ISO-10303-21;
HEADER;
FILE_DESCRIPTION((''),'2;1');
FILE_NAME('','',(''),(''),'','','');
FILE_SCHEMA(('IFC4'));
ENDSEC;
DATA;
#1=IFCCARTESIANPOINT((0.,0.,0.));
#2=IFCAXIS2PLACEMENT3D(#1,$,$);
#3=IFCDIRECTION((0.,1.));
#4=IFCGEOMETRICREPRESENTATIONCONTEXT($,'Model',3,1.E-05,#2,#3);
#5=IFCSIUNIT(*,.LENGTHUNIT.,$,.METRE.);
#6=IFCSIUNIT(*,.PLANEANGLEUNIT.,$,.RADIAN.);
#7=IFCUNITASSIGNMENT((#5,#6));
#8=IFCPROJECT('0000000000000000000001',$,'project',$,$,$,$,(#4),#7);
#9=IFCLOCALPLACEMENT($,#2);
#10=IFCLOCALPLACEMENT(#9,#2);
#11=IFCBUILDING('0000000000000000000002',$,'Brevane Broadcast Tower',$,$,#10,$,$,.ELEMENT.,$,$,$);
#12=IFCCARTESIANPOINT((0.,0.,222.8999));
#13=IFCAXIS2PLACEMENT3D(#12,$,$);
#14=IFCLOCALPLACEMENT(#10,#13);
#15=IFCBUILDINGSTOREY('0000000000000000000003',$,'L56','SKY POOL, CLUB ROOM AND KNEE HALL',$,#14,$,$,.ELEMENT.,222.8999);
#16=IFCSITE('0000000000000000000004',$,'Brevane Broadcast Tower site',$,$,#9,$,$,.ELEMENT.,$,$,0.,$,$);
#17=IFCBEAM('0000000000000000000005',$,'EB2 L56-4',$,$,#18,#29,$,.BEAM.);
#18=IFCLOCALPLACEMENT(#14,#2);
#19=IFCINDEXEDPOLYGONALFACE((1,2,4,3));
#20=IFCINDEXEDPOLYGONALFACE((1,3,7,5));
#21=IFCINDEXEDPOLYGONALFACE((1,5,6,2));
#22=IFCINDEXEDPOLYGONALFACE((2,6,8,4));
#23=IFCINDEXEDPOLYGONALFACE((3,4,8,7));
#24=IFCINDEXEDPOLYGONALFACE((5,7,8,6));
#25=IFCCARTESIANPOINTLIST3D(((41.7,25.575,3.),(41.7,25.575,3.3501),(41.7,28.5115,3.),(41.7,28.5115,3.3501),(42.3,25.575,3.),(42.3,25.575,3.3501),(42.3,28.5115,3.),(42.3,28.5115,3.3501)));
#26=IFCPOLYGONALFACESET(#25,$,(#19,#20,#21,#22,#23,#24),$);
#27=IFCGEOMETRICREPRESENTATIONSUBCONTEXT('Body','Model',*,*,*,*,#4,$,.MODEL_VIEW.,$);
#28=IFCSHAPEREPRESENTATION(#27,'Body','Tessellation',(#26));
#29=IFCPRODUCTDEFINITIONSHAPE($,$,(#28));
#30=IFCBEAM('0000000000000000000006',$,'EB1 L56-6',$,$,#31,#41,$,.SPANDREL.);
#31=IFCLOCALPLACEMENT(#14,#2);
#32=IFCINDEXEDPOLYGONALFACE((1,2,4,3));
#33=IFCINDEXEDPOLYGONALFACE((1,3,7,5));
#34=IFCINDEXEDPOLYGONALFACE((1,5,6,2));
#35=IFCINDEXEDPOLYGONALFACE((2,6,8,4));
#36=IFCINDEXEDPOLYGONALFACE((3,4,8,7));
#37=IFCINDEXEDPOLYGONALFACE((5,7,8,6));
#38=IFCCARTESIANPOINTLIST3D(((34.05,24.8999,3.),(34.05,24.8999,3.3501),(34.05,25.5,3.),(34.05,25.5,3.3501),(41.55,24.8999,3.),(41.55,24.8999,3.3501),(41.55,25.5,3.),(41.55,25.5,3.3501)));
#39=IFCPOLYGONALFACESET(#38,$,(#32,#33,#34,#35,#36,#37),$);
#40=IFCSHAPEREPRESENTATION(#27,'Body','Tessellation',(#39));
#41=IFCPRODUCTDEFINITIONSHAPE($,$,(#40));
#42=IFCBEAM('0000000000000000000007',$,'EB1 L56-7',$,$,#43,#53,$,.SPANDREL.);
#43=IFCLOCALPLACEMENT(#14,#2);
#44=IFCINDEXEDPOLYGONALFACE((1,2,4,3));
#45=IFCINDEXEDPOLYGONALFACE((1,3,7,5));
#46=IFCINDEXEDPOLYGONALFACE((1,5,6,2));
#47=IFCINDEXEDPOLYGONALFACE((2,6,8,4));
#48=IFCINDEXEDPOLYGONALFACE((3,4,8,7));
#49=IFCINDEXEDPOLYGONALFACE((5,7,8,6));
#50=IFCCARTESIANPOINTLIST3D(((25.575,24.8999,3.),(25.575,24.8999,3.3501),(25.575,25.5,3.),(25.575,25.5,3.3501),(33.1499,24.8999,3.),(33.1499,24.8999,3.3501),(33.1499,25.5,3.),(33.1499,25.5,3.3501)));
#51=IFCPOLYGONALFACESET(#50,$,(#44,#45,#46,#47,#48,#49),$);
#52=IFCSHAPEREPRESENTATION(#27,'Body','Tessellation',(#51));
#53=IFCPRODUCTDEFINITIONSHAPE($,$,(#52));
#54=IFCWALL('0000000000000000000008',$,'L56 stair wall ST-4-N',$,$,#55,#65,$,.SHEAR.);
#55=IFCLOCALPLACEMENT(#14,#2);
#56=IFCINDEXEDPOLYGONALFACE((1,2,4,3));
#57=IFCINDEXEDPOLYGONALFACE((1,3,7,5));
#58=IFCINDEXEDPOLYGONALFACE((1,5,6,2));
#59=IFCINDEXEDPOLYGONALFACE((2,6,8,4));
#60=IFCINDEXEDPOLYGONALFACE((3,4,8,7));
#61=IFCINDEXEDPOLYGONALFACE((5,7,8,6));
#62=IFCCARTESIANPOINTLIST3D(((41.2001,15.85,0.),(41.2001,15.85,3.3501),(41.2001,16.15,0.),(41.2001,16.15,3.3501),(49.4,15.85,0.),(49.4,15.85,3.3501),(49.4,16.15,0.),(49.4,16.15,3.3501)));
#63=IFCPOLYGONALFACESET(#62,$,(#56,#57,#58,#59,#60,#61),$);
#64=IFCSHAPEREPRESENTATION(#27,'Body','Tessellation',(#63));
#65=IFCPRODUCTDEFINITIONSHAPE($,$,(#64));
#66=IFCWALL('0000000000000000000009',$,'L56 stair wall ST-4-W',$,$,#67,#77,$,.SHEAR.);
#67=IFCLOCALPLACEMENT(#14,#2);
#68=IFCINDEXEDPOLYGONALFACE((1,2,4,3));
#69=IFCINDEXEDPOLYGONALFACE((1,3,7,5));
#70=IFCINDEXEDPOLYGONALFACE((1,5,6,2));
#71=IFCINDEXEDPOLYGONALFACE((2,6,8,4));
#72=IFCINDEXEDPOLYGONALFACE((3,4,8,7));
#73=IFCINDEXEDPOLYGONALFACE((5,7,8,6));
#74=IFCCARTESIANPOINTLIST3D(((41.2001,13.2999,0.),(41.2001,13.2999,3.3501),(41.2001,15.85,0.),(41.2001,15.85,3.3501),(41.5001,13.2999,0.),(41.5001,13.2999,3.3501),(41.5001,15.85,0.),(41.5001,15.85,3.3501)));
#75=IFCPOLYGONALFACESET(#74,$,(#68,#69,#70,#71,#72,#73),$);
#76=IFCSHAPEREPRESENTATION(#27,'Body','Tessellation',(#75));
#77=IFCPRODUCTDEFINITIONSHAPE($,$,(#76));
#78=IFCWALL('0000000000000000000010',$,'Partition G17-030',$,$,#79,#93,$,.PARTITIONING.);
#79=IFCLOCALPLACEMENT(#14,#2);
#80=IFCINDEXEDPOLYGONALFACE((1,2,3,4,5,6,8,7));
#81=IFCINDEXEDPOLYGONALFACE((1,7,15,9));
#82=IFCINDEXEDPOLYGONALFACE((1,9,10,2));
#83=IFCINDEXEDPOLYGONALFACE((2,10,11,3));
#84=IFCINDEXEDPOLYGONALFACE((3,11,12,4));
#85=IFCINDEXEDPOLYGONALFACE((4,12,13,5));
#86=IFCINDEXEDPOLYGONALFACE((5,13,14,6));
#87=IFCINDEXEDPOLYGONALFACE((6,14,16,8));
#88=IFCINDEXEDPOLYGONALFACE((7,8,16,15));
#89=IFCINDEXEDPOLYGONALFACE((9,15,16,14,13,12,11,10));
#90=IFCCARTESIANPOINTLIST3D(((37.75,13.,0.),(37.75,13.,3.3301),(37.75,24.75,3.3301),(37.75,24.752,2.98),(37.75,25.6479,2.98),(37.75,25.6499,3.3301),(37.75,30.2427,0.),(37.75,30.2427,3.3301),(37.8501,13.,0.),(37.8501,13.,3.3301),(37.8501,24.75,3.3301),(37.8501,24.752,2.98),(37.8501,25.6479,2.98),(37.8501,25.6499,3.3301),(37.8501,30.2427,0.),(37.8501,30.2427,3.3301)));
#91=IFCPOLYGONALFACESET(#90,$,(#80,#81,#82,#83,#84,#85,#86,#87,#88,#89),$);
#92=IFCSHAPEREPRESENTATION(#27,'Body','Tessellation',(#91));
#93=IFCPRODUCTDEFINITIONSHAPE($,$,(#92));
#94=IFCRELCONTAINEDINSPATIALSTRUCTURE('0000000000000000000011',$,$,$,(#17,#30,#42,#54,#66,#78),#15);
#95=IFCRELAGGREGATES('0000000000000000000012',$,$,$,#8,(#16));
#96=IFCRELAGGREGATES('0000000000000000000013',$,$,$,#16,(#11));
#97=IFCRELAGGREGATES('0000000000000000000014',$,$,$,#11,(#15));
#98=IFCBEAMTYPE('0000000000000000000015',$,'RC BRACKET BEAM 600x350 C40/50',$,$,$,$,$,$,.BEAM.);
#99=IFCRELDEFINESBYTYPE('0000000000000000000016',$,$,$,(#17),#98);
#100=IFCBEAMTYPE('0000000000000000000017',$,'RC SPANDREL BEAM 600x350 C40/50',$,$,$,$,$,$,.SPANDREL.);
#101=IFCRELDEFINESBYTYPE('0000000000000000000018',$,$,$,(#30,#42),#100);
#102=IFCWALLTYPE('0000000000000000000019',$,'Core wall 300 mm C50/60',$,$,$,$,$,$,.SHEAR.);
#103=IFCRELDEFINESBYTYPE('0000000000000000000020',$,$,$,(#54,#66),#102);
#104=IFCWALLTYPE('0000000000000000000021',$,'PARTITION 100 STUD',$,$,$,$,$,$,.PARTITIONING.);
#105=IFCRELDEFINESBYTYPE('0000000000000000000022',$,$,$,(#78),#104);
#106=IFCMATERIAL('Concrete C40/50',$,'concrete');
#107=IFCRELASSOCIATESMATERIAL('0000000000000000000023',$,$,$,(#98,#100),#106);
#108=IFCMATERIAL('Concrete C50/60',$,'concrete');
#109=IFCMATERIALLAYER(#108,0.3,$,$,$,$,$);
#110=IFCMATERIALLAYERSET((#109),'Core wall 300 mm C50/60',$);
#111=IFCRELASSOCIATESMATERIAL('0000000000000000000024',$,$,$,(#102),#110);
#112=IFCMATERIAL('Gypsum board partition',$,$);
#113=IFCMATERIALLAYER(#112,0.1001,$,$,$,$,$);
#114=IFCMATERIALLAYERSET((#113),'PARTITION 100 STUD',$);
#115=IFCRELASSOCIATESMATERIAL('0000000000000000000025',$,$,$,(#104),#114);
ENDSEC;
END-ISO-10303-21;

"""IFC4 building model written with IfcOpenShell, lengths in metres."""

from ifc_helpers import new_model, si_unit, direction, frame, frame_2d, origin, origin_2d, place, context, subcontext, project, spatial, polyline, rectangle, outline, extrude, material, layer, layer_set, material_profile, profile_set, type_object, element, save


model = new_model("IFC4")

# Units and contexts
model_context = context("Model", 3, precision=1e-05, world=origin(), true_north=direction((0.0, 1.0)))
body_context = subcontext(model_context, "Body", "Model", "MODEL_VIEW")
ifc_project = project(units=[si_unit("LENGTHUNIT", "METRE"), si_unit("PLANEANGLEUNIT", "RADIAN")], contexts=[model_context])

# Site, building, storey
site_placement = place(None, origin())
site = spatial("IfcSite", under=ifc_project, at=site_placement, Name="Brevane Broadcast Tower site", CompositionType="ELEMENT", RefElevation=0.0)
building_placement = place(site_placement, origin())
building = spatial("IfcBuilding", under=site, at=building_placement, Name="Brevane Broadcast Tower", CompositionType="ELEMENT")
storey_placement = place(building_placement, frame((0.0, 0.0, 222.8999)))
storey = spatial("IfcBuildingStorey", under=building, at=storey_placement, Name="L56", Description="SKY POOL, CLUB ROOM AND KNEE HALL", CompositionType="ELEMENT", Elevation=222.8999)

# Shared definitions
ifc_material_1 = material(Name="Concrete C50/60", Category="concrete")

# Beams
ifc_material_2 = material(Name="Concrete C40/50", Category="concrete")
ifc_material_profile_1 = material_profile(ifc_material_2, rectangle(XDim=0.6001, YDim=0.3501, at=origin_2d()), Name="RC 600x350")
ifc_profile_set_1 = profile_set([ifc_material_profile_1], Name="Concrete C40/50")
beam_type_1 = type_object("IfcBeamType", Name="RC BRACKET BEAM 600x350 C40/50", PredefinedType="BEAM", material=ifc_profile_set_1)
beam_1_placement = place(storey_placement, frame((42.0, 25.575, 3.175), z_axis=(0.0, 1.0, 0.0), x_axis=(-1.0, 0.0, 0.0)))
element("IfcBeam", 1, at=beam_1_placement, inside=storey, type_object=beam_type_1, Name="EB2 L56-4", PredefinedType="BEAM", context=body_context, shape_type="SweptSolid", body=[
    extrude(rectangle(XDim=0.6001, YDim=0.3501, at=origin_2d()), origin(), (0.0, 0.0, 1.0), 2.9365),
])
ifc_material_profile_2 = material_profile(ifc_material_2, rectangle(XDim=0.6001, YDim=0.3501, at=origin_2d()), Name="RC 600x350")
ifc_profile_set_2 = profile_set([ifc_material_profile_2], Name="Concrete C40/50")
beam_type_2 = type_object("IfcBeamType", Name="RC SPANDREL BEAM 600x350 C40/50", PredefinedType="SPANDREL", material=ifc_profile_set_2)
beam_2_placement = place(storey_placement, frame((41.55, 25.2, 3.175), z_axis=(-1.0, 0.0, 0.0), x_axis=(0.0, -1.0, 0.0)))
element("IfcBeam", 2, at=beam_2_placement, inside=storey, type_object=beam_type_2, Name="EB1 L56-6", PredefinedType="SPANDREL", context=body_context, shape_type="SweptSolid", body=[
    extrude(rectangle(XDim=0.6001, YDim=0.3501, at=origin_2d()), origin(), (0.0, 0.0, 1.0), 7.5),
])
beam_3_placement = place(storey_placement, frame((33.1499, 25.2, 3.175), z_axis=(-1.0, 0.0, 0.0), x_axis=(0.0, -1.0, 0.0)))
element("IfcBeam", 3, at=beam_3_placement, inside=storey, type_object=beam_type_2, Name="EB1 L56-7", PredefinedType="SPANDREL", context=body_context, shape_type="SweptSolid", body=[
    extrude(rectangle(XDim=0.6001, YDim=0.3501, at=origin_2d()), origin(), (0.0, 0.0, 1.0), 7.575),
])

# Walls
ifc_layer_1 = layer(ifc_material_1, 0.3)
ifc_layer_set_1 = layer_set([ifc_layer_1], Name="Core wall 300 mm C50/60")
wall_type_1 = type_object("IfcWallType", Name="Core wall 300 mm C50/60", PredefinedType="SHEAR", material=ifc_layer_set_1)
wall_1_placement = place(storey_placement, frame((41.2, 16.0, 0.0), z_axis=(0.0, 0.0, 1.0), x_axis=(1.0, 0.0, 0.0)))
element("IfcWall", 4, at=wall_1_placement, inside=storey, type_object=wall_type_1, Name="L56 stair wall ST-4-N", PredefinedType="SHEAR", context=body_context, shape_type="SweptSolid", body=[
    extrude(rectangle(XDim=8.2, YDim=0.3, at=frame_2d((4.1001, 0.0))), origin(), (0.0, 0.0, 1.0), 3.3501),
])
wall_2_placement = place(storey_placement, frame((41.3501, 13.3, 0.0), z_axis=(0.0, 0.0, 1.0), x_axis=(0.0, 1.0, 0.0)))
element("IfcWall", 5, at=wall_2_placement, inside=storey, type_object=wall_type_1, Name="L56 stair wall ST-4-W", PredefinedType="SHEAR", context=body_context, shape_type="SweptSolid", body=[
    extrude(rectangle(XDim=2.55, YDim=0.3, at=frame_2d((1.2749, 0.0))), origin(), (0.0, 0.0, 1.0), 3.3501),
])
ifc_material_3 = material(Name="Gypsum board partition")
ifc_layer_2 = layer(ifc_material_3, 0.1001)
ifc_layer_set_2 = layer_set([ifc_layer_2], Name="PARTITION 100 STUD")
wall_type_2 = type_object("IfcWallType", Name="PARTITION 100 STUD", PredefinedType="PARTITIONING", material=ifc_layer_set_2)
wall_3_placement = place(storey_placement, frame((37.8, 30.2427, 0.0), z_axis=(0.0, 0.0, 1.0), x_axis=(0.0, -1.0, 0.0)))
element("IfcWall", 6, at=wall_3_placement, inside=storey, type_object=wall_type_2, Name="Partition G17-030", PredefinedType="PARTITIONING", context=body_context, shape_type="SweptSolid", body=[
    extrude(outline(polyline([(0.0, 0.0), (17.2427, 0.0), (17.2427, 3.3301), (5.4927, 3.3301), (5.4907, 2.98), (4.5947, 2.98), (4.5928, 3.3301), (0.0, 3.3301), (0.0, 0.0)])), frame((0.0, 0.05, 0.0), z_axis=(0.0, -1.0, 0.0), x_axis=(1.0, 0.0, 0.0)), (0.0, 0.0, 1.0), 0.1001),
])

save(model, "model.ifc")
